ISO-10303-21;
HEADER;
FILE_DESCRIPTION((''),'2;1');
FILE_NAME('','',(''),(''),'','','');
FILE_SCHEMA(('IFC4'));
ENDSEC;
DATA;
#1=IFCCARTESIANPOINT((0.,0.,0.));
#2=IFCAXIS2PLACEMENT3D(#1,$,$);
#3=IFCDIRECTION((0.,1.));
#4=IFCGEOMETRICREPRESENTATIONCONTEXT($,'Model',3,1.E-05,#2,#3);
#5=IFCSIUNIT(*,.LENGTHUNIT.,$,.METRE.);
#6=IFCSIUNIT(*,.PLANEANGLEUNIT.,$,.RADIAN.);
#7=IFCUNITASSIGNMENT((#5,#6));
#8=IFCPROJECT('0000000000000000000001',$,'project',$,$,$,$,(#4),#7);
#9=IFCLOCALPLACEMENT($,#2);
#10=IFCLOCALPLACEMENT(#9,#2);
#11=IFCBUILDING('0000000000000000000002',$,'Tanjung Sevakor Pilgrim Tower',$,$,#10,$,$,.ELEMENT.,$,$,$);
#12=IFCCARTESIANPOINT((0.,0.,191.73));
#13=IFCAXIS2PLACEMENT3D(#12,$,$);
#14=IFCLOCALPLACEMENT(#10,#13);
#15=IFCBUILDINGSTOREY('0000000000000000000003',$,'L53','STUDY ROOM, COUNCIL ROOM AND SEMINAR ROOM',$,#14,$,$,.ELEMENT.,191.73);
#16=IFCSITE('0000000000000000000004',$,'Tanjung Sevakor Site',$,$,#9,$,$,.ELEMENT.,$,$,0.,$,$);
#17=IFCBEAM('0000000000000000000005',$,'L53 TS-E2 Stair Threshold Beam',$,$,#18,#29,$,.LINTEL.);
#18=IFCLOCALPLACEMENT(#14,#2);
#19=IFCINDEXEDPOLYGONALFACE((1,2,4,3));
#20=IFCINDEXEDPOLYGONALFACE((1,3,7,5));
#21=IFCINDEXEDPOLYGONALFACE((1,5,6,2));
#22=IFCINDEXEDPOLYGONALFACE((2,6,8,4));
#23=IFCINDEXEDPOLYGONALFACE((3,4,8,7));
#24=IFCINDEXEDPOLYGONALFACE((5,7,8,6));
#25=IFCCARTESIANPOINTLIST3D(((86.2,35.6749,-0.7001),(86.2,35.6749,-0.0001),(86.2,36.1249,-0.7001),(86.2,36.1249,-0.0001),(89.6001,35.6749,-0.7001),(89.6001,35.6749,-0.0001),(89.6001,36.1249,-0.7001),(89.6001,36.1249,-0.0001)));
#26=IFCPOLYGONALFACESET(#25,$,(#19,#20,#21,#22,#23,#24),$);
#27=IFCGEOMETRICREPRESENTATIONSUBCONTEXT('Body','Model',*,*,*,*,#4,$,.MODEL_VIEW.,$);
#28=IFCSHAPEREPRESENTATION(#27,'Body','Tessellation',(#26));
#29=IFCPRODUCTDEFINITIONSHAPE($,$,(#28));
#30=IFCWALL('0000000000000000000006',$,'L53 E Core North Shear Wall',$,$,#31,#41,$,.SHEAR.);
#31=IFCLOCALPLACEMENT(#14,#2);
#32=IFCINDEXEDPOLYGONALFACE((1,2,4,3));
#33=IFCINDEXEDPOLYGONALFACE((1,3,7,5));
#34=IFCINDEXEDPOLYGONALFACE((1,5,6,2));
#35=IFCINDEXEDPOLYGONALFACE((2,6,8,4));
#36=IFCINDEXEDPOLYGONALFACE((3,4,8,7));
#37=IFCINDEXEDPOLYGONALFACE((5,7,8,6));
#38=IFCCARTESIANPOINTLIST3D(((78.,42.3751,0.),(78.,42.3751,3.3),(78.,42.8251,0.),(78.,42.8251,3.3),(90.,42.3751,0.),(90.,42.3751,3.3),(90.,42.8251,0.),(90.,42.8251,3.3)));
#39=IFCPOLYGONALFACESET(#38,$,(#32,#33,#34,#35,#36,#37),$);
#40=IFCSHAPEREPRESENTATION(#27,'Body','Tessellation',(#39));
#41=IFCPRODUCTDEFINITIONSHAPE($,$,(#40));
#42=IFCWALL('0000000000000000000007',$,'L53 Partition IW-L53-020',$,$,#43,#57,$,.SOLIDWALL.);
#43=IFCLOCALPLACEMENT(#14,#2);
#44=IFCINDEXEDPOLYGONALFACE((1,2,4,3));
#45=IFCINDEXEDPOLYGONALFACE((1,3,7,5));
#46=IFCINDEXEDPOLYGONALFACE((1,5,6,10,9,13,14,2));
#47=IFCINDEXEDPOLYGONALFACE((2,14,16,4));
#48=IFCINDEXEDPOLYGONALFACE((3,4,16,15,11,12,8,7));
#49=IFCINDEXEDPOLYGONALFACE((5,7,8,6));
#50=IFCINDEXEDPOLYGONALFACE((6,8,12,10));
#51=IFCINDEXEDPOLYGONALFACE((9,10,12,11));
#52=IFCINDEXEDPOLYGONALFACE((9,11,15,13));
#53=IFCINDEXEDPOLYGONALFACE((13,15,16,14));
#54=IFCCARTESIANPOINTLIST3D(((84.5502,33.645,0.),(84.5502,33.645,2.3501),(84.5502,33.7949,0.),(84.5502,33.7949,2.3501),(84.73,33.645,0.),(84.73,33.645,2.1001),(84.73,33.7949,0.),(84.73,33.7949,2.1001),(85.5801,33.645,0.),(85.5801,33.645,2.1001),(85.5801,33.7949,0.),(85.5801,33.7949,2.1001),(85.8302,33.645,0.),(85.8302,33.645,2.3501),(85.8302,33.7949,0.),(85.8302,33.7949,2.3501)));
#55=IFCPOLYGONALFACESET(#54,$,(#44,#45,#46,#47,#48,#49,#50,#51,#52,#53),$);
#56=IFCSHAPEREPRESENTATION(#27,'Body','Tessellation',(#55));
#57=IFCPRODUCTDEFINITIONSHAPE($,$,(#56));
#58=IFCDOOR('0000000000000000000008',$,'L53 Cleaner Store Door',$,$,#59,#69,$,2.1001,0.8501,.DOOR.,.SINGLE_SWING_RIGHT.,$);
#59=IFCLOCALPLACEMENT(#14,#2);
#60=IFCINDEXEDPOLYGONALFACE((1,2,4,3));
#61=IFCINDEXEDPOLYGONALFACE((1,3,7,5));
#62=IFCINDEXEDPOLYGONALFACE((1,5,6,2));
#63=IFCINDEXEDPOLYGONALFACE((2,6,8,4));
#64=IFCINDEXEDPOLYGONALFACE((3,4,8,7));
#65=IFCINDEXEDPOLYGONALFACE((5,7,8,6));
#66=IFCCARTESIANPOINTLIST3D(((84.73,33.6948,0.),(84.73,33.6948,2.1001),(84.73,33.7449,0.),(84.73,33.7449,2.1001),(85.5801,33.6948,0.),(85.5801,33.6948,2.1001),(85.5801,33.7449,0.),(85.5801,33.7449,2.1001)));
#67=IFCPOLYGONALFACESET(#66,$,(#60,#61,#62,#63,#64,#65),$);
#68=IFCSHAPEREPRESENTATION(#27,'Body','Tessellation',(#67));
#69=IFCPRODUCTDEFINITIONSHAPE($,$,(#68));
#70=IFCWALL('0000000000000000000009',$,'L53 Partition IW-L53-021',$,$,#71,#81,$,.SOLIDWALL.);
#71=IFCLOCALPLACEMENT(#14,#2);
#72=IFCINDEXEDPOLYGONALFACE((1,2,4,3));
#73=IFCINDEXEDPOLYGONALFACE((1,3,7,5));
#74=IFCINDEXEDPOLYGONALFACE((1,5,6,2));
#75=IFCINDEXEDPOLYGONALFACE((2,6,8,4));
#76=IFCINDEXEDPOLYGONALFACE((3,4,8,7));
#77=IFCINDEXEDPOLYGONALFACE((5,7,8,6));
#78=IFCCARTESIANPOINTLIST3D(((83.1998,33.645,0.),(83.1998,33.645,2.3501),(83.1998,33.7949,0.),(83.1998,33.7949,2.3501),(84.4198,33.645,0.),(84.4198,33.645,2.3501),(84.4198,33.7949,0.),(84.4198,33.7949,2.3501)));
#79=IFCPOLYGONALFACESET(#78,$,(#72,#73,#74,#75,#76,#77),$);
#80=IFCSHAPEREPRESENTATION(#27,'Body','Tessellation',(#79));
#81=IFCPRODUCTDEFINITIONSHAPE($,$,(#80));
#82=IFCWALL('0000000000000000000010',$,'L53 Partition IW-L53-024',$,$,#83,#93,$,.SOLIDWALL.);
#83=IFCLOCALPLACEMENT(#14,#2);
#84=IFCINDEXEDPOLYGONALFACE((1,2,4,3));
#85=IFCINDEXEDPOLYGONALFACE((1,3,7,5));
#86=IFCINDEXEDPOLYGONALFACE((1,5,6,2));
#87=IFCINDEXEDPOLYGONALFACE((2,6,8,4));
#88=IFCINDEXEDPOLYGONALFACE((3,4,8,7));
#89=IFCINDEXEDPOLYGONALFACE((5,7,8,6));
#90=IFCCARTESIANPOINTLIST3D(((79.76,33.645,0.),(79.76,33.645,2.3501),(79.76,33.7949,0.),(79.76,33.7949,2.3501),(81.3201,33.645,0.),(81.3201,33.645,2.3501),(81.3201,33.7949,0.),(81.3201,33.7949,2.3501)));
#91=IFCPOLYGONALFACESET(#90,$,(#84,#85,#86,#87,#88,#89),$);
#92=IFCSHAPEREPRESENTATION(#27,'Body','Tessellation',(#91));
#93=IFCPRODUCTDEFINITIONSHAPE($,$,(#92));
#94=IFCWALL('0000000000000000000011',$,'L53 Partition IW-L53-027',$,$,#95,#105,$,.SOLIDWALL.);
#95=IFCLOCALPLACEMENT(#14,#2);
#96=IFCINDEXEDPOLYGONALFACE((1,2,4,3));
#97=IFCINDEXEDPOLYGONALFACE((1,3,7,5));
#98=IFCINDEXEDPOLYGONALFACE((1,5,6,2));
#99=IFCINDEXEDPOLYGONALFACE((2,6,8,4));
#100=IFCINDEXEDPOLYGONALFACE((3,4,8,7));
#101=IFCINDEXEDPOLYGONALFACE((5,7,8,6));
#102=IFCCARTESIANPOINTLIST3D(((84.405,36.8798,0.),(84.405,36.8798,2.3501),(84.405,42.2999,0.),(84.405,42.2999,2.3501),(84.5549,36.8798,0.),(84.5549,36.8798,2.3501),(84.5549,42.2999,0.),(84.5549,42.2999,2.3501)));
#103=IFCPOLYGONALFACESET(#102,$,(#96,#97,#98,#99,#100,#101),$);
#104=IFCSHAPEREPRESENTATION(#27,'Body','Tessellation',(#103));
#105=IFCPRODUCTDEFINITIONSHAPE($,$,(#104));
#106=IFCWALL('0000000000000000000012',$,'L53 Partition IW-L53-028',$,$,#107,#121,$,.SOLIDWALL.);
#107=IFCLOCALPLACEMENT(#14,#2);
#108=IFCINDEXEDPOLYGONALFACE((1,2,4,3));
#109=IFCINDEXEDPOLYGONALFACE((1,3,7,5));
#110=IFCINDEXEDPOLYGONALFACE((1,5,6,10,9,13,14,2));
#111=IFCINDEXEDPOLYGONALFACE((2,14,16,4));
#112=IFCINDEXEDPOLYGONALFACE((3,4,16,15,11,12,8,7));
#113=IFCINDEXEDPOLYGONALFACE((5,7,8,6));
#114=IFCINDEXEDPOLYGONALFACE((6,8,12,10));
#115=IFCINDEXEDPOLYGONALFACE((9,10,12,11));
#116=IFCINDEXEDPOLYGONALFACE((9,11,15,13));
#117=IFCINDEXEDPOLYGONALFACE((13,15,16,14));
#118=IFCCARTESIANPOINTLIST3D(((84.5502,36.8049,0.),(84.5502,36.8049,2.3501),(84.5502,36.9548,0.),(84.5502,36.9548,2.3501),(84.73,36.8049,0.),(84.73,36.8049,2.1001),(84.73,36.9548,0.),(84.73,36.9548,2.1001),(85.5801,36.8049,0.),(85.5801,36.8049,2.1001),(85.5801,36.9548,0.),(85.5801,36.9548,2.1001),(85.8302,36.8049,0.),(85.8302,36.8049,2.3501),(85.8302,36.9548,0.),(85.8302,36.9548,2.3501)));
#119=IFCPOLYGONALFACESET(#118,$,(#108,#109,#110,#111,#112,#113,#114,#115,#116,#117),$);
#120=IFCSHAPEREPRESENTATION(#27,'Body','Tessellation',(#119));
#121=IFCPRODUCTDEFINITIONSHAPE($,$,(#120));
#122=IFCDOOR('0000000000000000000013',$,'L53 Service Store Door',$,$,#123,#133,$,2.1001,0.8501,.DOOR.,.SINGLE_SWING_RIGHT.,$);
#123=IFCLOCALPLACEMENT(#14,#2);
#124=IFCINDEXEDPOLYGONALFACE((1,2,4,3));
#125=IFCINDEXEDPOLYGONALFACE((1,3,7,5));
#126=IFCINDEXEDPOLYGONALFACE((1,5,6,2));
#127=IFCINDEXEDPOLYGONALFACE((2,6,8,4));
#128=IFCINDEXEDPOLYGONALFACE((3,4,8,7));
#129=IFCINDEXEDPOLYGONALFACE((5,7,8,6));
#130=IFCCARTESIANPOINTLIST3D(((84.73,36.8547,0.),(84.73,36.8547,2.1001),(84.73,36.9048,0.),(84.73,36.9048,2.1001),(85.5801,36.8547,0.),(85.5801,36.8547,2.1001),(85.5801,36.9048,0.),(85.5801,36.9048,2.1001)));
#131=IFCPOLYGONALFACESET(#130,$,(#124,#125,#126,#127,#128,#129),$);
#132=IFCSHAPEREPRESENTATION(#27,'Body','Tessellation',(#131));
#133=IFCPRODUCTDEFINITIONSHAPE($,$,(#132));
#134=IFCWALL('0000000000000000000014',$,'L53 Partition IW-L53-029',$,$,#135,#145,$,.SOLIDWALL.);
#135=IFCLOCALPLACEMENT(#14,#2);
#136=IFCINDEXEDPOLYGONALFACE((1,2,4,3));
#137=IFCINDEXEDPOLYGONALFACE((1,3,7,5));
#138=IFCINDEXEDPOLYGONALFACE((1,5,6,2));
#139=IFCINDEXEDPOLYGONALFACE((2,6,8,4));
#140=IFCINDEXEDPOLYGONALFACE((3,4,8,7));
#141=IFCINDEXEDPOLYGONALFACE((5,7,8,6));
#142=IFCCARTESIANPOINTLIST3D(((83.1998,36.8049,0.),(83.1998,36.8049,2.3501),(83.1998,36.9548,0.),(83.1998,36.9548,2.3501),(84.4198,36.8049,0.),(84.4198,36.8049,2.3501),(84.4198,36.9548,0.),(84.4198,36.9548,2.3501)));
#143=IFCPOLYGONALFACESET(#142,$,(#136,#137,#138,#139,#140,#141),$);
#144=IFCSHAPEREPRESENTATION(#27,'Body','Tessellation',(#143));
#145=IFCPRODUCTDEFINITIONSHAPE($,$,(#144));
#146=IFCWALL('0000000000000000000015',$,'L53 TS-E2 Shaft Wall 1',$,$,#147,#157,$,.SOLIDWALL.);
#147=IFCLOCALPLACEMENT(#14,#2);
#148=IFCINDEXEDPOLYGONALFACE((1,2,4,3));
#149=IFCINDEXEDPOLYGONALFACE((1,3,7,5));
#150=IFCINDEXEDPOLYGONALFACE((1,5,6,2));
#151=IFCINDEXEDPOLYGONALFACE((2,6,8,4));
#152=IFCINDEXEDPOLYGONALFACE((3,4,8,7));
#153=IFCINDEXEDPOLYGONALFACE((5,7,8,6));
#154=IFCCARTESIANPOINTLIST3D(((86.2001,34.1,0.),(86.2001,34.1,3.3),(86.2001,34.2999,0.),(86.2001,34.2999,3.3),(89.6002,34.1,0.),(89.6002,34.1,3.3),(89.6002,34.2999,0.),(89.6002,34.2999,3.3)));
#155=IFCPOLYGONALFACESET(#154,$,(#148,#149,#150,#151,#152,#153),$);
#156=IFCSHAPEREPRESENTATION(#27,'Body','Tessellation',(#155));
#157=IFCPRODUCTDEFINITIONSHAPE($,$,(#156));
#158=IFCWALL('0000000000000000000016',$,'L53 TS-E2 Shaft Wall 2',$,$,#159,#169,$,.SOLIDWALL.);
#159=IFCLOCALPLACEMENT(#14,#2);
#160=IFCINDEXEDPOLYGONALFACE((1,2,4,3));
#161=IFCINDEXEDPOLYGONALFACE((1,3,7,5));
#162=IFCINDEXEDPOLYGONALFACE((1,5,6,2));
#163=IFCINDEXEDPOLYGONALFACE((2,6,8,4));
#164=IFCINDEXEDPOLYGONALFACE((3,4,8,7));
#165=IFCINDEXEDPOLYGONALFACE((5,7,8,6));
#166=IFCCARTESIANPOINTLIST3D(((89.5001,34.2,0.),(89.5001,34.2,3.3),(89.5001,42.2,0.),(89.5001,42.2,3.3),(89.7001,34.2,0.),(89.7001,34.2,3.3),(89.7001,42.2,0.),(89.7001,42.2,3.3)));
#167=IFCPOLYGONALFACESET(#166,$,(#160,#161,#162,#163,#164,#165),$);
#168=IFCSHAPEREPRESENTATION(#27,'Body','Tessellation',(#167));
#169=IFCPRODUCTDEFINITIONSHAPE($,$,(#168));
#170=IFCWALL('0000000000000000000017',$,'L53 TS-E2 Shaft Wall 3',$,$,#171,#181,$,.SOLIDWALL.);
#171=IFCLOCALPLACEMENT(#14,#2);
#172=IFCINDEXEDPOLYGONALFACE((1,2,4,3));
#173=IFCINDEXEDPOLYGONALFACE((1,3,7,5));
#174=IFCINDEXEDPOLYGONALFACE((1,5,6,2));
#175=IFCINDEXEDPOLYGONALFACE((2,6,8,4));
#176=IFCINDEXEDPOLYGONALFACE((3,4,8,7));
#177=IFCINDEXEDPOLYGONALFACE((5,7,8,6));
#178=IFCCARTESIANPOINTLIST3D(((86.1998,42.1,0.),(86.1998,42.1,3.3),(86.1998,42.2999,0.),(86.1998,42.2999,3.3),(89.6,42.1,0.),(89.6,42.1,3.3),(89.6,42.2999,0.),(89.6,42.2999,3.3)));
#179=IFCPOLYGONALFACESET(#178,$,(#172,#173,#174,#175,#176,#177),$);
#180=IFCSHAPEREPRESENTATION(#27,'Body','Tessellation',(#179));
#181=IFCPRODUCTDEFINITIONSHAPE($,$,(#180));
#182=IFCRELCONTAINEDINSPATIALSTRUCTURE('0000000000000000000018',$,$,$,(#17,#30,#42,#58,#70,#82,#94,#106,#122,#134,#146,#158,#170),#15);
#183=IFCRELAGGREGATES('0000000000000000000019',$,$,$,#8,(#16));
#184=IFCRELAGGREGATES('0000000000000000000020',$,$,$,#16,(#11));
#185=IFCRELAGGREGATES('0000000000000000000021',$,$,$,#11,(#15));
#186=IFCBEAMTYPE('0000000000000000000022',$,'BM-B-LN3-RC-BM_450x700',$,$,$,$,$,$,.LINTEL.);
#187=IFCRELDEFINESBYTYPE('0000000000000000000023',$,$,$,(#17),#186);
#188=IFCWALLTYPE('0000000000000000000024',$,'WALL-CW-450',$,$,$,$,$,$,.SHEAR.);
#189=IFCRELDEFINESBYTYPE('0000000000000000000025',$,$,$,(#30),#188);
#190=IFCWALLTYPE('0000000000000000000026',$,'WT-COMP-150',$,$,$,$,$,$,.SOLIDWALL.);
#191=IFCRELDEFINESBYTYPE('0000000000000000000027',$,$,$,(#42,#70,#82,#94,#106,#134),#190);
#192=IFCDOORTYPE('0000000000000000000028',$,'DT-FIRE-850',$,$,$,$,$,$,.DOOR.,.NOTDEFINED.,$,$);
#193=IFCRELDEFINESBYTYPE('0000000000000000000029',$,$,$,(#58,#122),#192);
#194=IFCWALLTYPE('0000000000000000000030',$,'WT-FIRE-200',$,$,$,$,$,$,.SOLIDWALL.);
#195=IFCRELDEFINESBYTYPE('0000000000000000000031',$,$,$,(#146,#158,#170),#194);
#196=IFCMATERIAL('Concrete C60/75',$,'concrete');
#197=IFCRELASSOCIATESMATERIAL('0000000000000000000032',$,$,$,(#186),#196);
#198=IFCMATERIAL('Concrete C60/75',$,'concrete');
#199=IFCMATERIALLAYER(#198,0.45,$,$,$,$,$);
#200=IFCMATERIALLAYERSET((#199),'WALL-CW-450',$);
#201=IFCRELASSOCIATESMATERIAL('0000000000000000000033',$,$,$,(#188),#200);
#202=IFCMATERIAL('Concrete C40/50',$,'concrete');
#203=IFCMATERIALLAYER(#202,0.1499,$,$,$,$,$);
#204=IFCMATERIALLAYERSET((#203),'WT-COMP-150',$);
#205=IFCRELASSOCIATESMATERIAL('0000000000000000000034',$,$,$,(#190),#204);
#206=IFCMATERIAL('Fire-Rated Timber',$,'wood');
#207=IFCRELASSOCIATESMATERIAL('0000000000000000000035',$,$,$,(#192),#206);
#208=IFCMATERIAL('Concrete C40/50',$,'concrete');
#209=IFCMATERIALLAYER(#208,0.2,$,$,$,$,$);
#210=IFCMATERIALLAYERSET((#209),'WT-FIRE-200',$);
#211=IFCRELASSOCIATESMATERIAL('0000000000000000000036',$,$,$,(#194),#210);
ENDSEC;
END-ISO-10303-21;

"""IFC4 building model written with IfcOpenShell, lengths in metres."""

from ifc_helpers import new_model, si_unit, direction, frame, frame_2d, origin, origin_2d, place, context, subcontext, project, spatial, rectangle, extrude, material, layer, layer_set, material_profile, profile_set, type_object, element, fill, save


model = new_model("IFC4")

# Units and contexts
model_context = context("Model", 3, precision=1e-05, world=origin(), true_north=direction((0.0, 1.0)))
body_context = subcontext(model_context, "Body", "Model", "MODEL_VIEW")
ifc_project = project(units=[si_unit("LENGTHUNIT", "METRE"), si_unit("PLANEANGLEUNIT", "RADIAN")], contexts=[model_context])

# Site, building, storey
site_placement = place(None, origin())
site = spatial("IfcSite", under=ifc_project, at=site_placement, Name="Tanjung Sevakor Site", CompositionType="ELEMENT", RefElevation=0.0)
building_placement = place(site_placement, origin())
building = spatial("IfcBuilding", under=site, at=building_placement, Name="Tanjung Sevakor Pilgrim Tower", CompositionType="ELEMENT")
storey_placement = place(building_placement, frame((0.0, 0.0, 191.73)))
storey = spatial("IfcBuildingStorey", under=building, at=storey_placement, Name="L53", Description="STUDY ROOM, COUNCIL ROOM AND SEMINAR ROOM", CompositionType="ELEMENT", Elevation=191.73)

# Beam
ifc_material_1 = material(Name="Concrete C60/75", Category="concrete")
ifc_material_profile = material_profile(ifc_material_1, rectangle(XDim=0.45, YDim=0.7, at=origin_2d()))
ifc_profile_set = profile_set([ifc_material_profile], Name="Concrete C60/75")
beam_type = type_object("IfcBeamType", Name="BM-B-LN3-RC-BM_450x700", PredefinedType="LINTEL", material=ifc_profile_set)
beam_placement = place(storey_placement, frame((86.2, 35.8999, -0.3501), z_axis=(1.0, 0.0, 0.0), x_axis=(0.0, 1.0, 0.0)))
element("IfcBeam", 1, at=beam_placement, inside=storey, type_object=beam_type, Name="L53 TS-E2 Stair Threshold Beam", PredefinedType="LINTEL", context=body_context, shape_type="SweptSolid", body=[
    extrude(rectangle(XDim=0.45, YDim=0.7, at=origin_2d()), origin(), (0.0, 0.0, 1.0), 3.4001),
])

# Wall
ifc_material_2 = material(Name="Concrete C60/75", Category="concrete")
ifc_layer_1 = layer(ifc_material_2, 0.45)
ifc_layer_set_1 = layer_set([ifc_layer_1], Name="WALL-CW-450")
wall_type_1 = type_object("IfcWallType", Name="WALL-CW-450", PredefinedType="SHEAR", material=ifc_layer_set_1)
wall_1_placement = place(storey_placement, frame((90.0, 42.6001, 0.0), z_axis=(0.0, 0.0, 1.0), x_axis=(-1.0, 0.0, 0.0)))
element("IfcWall", 2, at=wall_1_placement, inside=storey, type_object=wall_type_1, Name="L53 E Core North Shear Wall", PredefinedType="SHEAR", context=body_context, shape_type="SweptSolid", body=[
    extrude(rectangle(XDim=12.0, YDim=0.45, at=frame_2d((6.0, 0.0))), origin(), (0.0, 0.0, 1.0), 3.3),
])

# Wall, opening, door
ifc_material_3 = material(Name="Concrete C40/50", Category="concrete")
ifc_layer_2 = layer(ifc_material_3, 0.1499)
ifc_layer_set_2 = layer_set([ifc_layer_2], Name="WT-COMP-150")
wall_type_2 = type_object("IfcWallType", Name="WT-COMP-150", PredefinedType="SOLIDWALL", material=ifc_layer_set_2)
wall_2_placement = place(storey_placement, frame((84.55, 33.72, 0.0), z_axis=(0.0, 0.0, 1.0), x_axis=(1.0, 0.0, 0.0)))
wall_2 = element("IfcWall", 3, at=wall_2_placement, inside=storey, type_object=wall_type_2, Name="L53 Partition IW-L53-020", PredefinedType="SOLIDWALL", context=body_context, shape_type="SweptSolid", body=[
    extrude(rectangle(XDim=1.28, YDim=0.1499, at=frame_2d((0.6401, 0.0))), origin(), (0.0, 0.0, 1.0), 2.3501),
])
opening_1_placement = place(wall_2_placement, frame((0.1799, 0.0, 0.0)))
opening_1 = element("IfcOpeningElement", 4, at=opening_1_placement, cuts=wall_2, PredefinedType="OPENING", context=body_context, shape_type="SweptSolid", body=[
    extrude(rectangle(XDim=0.8501, YDim=2.1001, at=frame_2d((0.425, 1.05))), frame((0.0, 0.085, 0.0), z_axis=(0.0, -1.0, 0.0), x_axis=(1.0, 0.0, 0.0)), (0.0, 0.0, 1.0), 0.1699),
])
ifc_material_4 = material(Name="Fire-Rated Timber", Category="wood")
door_type_1 = type_object("IfcDoorType", Name="DT-FIRE-850", OperationType="NOTDEFINED", PredefinedType="DOOR", material=ifc_material_4)
door_1_placement = place(opening_1_placement, origin())
door_1 = element("IfcDoor", 5, at=door_1_placement, inside=storey, type_object=door_type_1, Name="L53 Cleaner Store Door", OperationType="SINGLE_SWING_RIGHT", OverallHeight=2.1001, OverallWidth=0.8501, PredefinedType="DOOR", context=body_context, shape_type="SweptSolid", body=[
    extrude(rectangle(XDim=0.8501, YDim=2.1001, at=frame_2d((0.425, 1.05))), frame((0.0, 0.0249, 0.0), z_axis=(0.0, -1.0, 0.0), x_axis=(1.0, 0.0, 0.0)), (0.0, 0.0, 1.0), 0.05),
])
fill(opening_1, door_1)

# Walls
wall_3_placement = place(storey_placement, frame((83.2, 33.72, 0.0), z_axis=(0.0, 0.0, 1.0), x_axis=(1.0, 0.0, 0.0)))
element("IfcWall", 6, at=wall_3_placement, inside=storey, type_object=wall_type_2, Name="L53 Partition IW-L53-021", PredefinedType="SOLIDWALL", context=body_context, shape_type="SweptSolid", body=[
    extrude(rectangle(XDim=1.22, YDim=0.1499, at=frame_2d((0.6099, 0.0))), origin(), (0.0, 0.0, 1.0), 2.3501),
])
wall_4_placement = place(storey_placement, frame((79.76, 33.72, 0.0), z_axis=(0.0, 0.0, 1.0), x_axis=(1.0, 0.0, 0.0)))
element("IfcWall", 7, at=wall_4_placement, inside=storey, type_object=wall_type_2, Name="L53 Partition IW-L53-024", PredefinedType="SOLIDWALL", context=body_context, shape_type="SweptSolid", body=[
    extrude(rectangle(XDim=1.5601, YDim=0.1499, at=frame_2d((0.78, 0.0))), origin(), (0.0, 0.0, 1.0), 2.3501),
])
wall_5_placement = place(storey_placement, frame((84.48, 36.8799, 0.0), z_axis=(0.0, 0.0, 1.0), x_axis=(0.0, 1.0, 0.0)))
element("IfcWall", 8, at=wall_5_placement, inside=storey, type_object=wall_type_2, Name="L53 Partition IW-L53-027", PredefinedType="SOLIDWALL", context=body_context, shape_type="SweptSolid", body=[
    extrude(rectangle(XDim=5.4202, YDim=0.1499, at=frame_2d((2.71, 0.0))), origin(), (0.0, 0.0, 1.0), 2.3501),
])

# Wall, opening, door
wall_6_placement = place(storey_placement, frame((84.55, 36.8799, 0.0), z_axis=(0.0, 0.0, 1.0), x_axis=(1.0, 0.0, 0.0)))
wall_6 = element("IfcWall", 9, at=wall_6_placement, inside=storey, type_object=wall_type_2, Name="L53 Partition IW-L53-028", PredefinedType="SOLIDWALL", context=body_context, shape_type="SweptSolid", body=[
    extrude(rectangle(XDim=1.28, YDim=0.1499, at=frame_2d((0.6401, 0.0))), origin(), (0.0, 0.0, 1.0), 2.3501),
])
opening_2_placement = place(wall_6_placement, frame((0.1799, 0.0, 0.0)))
opening_2 = element("IfcOpeningElement", 10, at=opening_2_placement, cuts=wall_6, PredefinedType="OPENING", context=body_context, shape_type="SweptSolid", body=[
    extrude(rectangle(XDim=0.8501, YDim=2.1001, at=frame_2d((0.425, 1.05))), frame((0.0, 0.085, 0.0), z_axis=(0.0, -1.0, 0.0), x_axis=(1.0, 0.0, 0.0)), (0.0, 0.0, 1.0), 0.1699),
])
door_2_placement = place(opening_2_placement, origin())
door_2 = element("IfcDoor", 11, at=door_2_placement, inside=storey, type_object=door_type_1, Name="L53 Service Store Door", OperationType="SINGLE_SWING_RIGHT", OverallHeight=2.1001, OverallWidth=0.8501, PredefinedType="DOOR", context=body_context, shape_type="SweptSolid", body=[
    extrude(rectangle(XDim=0.8501, YDim=2.1001, at=frame_2d((0.425, 1.05))), frame((0.0, 0.0249, 0.0), z_axis=(0.0, -1.0, 0.0), x_axis=(1.0, 0.0, 0.0)), (0.0, 0.0, 1.0), 0.05),
])
fill(opening_2, door_2)

# Wall
wall_7_placement = place(storey_placement, frame((83.2, 36.8799, 0.0), z_axis=(0.0, 0.0, 1.0), x_axis=(1.0, 0.0, 0.0)))
element("IfcWall", 12, at=wall_7_placement, inside=storey, type_object=wall_type_2, Name="L53 Partition IW-L53-029", PredefinedType="SOLIDWALL", context=body_context, shape_type="SweptSolid", body=[
    extrude(rectangle(XDim=1.22, YDim=0.1499, at=frame_2d((0.6099, 0.0))), origin(), (0.0, 0.0, 1.0), 2.3501),
])

# Walls
ifc_material_5 = material(Name="Concrete C40/50", Category="concrete")
ifc_layer_3 = layer(ifc_material_5, 0.2)
ifc_layer_set_3 = layer_set([ifc_layer_3], Name="WT-FIRE-200")
wall_type_3 = type_object("IfcWallType", Name="WT-FIRE-200", PredefinedType="SOLIDWALL", material=ifc_layer_set_3)
wall_8_placement = place(storey_placement, frame((86.2, 34.2, 0.0), z_axis=(0.0, 0.0, 1.0), x_axis=(1.0, 0.0, 0.0)))
element("IfcWall", 13, at=wall_8_placement, inside=storey, type_object=wall_type_3, Name="L53 TS-E2 Shaft Wall 1", PredefinedType="SOLIDWALL", context=body_context, shape_type="SweptSolid", body=[
    extrude(rectangle(XDim=3.4001, YDim=0.2, at=frame_2d((1.7002, 0.0))), origin(), (0.0, 0.0, 1.0), 3.3),
])
wall_9_placement = place(storey_placement, frame((89.6001, 34.2, 0.0), z_axis=(0.0, 0.0, 1.0), x_axis=(0.0, 1.0, 0.0)))
element("IfcWall", 14, at=wall_9_placement, inside=storey, type_object=wall_type_3, Name="L53 TS-E2 Shaft Wall 2", PredefinedType="SOLIDWALL", context=body_context, shape_type="SweptSolid", body=[
    extrude(rectangle(XDim=8.0, YDim=0.2, at=frame_2d((4.0, 0.0))), origin(), (0.0, 0.0, 1.0), 3.3),
])
wall_10_placement = place(storey_placement, frame((89.6001, 42.2, 0.0), z_axis=(0.0, 0.0, 1.0), x_axis=(-1.0, 0.0, 0.0)))
element("IfcWall", 15, at=wall_10_placement, inside=storey, type_object=wall_type_3, Name="L53 TS-E2 Shaft Wall 3", PredefinedType="SOLIDWALL", context=body_context, shape_type="SweptSolid", body=[
    extrude(rectangle(XDim=3.4001, YDim=0.2, at=frame_2d((1.7002, 0.0))), origin(), (0.0, 0.0, 1.0), 3.3),
])

save(model, "model.ifc")
